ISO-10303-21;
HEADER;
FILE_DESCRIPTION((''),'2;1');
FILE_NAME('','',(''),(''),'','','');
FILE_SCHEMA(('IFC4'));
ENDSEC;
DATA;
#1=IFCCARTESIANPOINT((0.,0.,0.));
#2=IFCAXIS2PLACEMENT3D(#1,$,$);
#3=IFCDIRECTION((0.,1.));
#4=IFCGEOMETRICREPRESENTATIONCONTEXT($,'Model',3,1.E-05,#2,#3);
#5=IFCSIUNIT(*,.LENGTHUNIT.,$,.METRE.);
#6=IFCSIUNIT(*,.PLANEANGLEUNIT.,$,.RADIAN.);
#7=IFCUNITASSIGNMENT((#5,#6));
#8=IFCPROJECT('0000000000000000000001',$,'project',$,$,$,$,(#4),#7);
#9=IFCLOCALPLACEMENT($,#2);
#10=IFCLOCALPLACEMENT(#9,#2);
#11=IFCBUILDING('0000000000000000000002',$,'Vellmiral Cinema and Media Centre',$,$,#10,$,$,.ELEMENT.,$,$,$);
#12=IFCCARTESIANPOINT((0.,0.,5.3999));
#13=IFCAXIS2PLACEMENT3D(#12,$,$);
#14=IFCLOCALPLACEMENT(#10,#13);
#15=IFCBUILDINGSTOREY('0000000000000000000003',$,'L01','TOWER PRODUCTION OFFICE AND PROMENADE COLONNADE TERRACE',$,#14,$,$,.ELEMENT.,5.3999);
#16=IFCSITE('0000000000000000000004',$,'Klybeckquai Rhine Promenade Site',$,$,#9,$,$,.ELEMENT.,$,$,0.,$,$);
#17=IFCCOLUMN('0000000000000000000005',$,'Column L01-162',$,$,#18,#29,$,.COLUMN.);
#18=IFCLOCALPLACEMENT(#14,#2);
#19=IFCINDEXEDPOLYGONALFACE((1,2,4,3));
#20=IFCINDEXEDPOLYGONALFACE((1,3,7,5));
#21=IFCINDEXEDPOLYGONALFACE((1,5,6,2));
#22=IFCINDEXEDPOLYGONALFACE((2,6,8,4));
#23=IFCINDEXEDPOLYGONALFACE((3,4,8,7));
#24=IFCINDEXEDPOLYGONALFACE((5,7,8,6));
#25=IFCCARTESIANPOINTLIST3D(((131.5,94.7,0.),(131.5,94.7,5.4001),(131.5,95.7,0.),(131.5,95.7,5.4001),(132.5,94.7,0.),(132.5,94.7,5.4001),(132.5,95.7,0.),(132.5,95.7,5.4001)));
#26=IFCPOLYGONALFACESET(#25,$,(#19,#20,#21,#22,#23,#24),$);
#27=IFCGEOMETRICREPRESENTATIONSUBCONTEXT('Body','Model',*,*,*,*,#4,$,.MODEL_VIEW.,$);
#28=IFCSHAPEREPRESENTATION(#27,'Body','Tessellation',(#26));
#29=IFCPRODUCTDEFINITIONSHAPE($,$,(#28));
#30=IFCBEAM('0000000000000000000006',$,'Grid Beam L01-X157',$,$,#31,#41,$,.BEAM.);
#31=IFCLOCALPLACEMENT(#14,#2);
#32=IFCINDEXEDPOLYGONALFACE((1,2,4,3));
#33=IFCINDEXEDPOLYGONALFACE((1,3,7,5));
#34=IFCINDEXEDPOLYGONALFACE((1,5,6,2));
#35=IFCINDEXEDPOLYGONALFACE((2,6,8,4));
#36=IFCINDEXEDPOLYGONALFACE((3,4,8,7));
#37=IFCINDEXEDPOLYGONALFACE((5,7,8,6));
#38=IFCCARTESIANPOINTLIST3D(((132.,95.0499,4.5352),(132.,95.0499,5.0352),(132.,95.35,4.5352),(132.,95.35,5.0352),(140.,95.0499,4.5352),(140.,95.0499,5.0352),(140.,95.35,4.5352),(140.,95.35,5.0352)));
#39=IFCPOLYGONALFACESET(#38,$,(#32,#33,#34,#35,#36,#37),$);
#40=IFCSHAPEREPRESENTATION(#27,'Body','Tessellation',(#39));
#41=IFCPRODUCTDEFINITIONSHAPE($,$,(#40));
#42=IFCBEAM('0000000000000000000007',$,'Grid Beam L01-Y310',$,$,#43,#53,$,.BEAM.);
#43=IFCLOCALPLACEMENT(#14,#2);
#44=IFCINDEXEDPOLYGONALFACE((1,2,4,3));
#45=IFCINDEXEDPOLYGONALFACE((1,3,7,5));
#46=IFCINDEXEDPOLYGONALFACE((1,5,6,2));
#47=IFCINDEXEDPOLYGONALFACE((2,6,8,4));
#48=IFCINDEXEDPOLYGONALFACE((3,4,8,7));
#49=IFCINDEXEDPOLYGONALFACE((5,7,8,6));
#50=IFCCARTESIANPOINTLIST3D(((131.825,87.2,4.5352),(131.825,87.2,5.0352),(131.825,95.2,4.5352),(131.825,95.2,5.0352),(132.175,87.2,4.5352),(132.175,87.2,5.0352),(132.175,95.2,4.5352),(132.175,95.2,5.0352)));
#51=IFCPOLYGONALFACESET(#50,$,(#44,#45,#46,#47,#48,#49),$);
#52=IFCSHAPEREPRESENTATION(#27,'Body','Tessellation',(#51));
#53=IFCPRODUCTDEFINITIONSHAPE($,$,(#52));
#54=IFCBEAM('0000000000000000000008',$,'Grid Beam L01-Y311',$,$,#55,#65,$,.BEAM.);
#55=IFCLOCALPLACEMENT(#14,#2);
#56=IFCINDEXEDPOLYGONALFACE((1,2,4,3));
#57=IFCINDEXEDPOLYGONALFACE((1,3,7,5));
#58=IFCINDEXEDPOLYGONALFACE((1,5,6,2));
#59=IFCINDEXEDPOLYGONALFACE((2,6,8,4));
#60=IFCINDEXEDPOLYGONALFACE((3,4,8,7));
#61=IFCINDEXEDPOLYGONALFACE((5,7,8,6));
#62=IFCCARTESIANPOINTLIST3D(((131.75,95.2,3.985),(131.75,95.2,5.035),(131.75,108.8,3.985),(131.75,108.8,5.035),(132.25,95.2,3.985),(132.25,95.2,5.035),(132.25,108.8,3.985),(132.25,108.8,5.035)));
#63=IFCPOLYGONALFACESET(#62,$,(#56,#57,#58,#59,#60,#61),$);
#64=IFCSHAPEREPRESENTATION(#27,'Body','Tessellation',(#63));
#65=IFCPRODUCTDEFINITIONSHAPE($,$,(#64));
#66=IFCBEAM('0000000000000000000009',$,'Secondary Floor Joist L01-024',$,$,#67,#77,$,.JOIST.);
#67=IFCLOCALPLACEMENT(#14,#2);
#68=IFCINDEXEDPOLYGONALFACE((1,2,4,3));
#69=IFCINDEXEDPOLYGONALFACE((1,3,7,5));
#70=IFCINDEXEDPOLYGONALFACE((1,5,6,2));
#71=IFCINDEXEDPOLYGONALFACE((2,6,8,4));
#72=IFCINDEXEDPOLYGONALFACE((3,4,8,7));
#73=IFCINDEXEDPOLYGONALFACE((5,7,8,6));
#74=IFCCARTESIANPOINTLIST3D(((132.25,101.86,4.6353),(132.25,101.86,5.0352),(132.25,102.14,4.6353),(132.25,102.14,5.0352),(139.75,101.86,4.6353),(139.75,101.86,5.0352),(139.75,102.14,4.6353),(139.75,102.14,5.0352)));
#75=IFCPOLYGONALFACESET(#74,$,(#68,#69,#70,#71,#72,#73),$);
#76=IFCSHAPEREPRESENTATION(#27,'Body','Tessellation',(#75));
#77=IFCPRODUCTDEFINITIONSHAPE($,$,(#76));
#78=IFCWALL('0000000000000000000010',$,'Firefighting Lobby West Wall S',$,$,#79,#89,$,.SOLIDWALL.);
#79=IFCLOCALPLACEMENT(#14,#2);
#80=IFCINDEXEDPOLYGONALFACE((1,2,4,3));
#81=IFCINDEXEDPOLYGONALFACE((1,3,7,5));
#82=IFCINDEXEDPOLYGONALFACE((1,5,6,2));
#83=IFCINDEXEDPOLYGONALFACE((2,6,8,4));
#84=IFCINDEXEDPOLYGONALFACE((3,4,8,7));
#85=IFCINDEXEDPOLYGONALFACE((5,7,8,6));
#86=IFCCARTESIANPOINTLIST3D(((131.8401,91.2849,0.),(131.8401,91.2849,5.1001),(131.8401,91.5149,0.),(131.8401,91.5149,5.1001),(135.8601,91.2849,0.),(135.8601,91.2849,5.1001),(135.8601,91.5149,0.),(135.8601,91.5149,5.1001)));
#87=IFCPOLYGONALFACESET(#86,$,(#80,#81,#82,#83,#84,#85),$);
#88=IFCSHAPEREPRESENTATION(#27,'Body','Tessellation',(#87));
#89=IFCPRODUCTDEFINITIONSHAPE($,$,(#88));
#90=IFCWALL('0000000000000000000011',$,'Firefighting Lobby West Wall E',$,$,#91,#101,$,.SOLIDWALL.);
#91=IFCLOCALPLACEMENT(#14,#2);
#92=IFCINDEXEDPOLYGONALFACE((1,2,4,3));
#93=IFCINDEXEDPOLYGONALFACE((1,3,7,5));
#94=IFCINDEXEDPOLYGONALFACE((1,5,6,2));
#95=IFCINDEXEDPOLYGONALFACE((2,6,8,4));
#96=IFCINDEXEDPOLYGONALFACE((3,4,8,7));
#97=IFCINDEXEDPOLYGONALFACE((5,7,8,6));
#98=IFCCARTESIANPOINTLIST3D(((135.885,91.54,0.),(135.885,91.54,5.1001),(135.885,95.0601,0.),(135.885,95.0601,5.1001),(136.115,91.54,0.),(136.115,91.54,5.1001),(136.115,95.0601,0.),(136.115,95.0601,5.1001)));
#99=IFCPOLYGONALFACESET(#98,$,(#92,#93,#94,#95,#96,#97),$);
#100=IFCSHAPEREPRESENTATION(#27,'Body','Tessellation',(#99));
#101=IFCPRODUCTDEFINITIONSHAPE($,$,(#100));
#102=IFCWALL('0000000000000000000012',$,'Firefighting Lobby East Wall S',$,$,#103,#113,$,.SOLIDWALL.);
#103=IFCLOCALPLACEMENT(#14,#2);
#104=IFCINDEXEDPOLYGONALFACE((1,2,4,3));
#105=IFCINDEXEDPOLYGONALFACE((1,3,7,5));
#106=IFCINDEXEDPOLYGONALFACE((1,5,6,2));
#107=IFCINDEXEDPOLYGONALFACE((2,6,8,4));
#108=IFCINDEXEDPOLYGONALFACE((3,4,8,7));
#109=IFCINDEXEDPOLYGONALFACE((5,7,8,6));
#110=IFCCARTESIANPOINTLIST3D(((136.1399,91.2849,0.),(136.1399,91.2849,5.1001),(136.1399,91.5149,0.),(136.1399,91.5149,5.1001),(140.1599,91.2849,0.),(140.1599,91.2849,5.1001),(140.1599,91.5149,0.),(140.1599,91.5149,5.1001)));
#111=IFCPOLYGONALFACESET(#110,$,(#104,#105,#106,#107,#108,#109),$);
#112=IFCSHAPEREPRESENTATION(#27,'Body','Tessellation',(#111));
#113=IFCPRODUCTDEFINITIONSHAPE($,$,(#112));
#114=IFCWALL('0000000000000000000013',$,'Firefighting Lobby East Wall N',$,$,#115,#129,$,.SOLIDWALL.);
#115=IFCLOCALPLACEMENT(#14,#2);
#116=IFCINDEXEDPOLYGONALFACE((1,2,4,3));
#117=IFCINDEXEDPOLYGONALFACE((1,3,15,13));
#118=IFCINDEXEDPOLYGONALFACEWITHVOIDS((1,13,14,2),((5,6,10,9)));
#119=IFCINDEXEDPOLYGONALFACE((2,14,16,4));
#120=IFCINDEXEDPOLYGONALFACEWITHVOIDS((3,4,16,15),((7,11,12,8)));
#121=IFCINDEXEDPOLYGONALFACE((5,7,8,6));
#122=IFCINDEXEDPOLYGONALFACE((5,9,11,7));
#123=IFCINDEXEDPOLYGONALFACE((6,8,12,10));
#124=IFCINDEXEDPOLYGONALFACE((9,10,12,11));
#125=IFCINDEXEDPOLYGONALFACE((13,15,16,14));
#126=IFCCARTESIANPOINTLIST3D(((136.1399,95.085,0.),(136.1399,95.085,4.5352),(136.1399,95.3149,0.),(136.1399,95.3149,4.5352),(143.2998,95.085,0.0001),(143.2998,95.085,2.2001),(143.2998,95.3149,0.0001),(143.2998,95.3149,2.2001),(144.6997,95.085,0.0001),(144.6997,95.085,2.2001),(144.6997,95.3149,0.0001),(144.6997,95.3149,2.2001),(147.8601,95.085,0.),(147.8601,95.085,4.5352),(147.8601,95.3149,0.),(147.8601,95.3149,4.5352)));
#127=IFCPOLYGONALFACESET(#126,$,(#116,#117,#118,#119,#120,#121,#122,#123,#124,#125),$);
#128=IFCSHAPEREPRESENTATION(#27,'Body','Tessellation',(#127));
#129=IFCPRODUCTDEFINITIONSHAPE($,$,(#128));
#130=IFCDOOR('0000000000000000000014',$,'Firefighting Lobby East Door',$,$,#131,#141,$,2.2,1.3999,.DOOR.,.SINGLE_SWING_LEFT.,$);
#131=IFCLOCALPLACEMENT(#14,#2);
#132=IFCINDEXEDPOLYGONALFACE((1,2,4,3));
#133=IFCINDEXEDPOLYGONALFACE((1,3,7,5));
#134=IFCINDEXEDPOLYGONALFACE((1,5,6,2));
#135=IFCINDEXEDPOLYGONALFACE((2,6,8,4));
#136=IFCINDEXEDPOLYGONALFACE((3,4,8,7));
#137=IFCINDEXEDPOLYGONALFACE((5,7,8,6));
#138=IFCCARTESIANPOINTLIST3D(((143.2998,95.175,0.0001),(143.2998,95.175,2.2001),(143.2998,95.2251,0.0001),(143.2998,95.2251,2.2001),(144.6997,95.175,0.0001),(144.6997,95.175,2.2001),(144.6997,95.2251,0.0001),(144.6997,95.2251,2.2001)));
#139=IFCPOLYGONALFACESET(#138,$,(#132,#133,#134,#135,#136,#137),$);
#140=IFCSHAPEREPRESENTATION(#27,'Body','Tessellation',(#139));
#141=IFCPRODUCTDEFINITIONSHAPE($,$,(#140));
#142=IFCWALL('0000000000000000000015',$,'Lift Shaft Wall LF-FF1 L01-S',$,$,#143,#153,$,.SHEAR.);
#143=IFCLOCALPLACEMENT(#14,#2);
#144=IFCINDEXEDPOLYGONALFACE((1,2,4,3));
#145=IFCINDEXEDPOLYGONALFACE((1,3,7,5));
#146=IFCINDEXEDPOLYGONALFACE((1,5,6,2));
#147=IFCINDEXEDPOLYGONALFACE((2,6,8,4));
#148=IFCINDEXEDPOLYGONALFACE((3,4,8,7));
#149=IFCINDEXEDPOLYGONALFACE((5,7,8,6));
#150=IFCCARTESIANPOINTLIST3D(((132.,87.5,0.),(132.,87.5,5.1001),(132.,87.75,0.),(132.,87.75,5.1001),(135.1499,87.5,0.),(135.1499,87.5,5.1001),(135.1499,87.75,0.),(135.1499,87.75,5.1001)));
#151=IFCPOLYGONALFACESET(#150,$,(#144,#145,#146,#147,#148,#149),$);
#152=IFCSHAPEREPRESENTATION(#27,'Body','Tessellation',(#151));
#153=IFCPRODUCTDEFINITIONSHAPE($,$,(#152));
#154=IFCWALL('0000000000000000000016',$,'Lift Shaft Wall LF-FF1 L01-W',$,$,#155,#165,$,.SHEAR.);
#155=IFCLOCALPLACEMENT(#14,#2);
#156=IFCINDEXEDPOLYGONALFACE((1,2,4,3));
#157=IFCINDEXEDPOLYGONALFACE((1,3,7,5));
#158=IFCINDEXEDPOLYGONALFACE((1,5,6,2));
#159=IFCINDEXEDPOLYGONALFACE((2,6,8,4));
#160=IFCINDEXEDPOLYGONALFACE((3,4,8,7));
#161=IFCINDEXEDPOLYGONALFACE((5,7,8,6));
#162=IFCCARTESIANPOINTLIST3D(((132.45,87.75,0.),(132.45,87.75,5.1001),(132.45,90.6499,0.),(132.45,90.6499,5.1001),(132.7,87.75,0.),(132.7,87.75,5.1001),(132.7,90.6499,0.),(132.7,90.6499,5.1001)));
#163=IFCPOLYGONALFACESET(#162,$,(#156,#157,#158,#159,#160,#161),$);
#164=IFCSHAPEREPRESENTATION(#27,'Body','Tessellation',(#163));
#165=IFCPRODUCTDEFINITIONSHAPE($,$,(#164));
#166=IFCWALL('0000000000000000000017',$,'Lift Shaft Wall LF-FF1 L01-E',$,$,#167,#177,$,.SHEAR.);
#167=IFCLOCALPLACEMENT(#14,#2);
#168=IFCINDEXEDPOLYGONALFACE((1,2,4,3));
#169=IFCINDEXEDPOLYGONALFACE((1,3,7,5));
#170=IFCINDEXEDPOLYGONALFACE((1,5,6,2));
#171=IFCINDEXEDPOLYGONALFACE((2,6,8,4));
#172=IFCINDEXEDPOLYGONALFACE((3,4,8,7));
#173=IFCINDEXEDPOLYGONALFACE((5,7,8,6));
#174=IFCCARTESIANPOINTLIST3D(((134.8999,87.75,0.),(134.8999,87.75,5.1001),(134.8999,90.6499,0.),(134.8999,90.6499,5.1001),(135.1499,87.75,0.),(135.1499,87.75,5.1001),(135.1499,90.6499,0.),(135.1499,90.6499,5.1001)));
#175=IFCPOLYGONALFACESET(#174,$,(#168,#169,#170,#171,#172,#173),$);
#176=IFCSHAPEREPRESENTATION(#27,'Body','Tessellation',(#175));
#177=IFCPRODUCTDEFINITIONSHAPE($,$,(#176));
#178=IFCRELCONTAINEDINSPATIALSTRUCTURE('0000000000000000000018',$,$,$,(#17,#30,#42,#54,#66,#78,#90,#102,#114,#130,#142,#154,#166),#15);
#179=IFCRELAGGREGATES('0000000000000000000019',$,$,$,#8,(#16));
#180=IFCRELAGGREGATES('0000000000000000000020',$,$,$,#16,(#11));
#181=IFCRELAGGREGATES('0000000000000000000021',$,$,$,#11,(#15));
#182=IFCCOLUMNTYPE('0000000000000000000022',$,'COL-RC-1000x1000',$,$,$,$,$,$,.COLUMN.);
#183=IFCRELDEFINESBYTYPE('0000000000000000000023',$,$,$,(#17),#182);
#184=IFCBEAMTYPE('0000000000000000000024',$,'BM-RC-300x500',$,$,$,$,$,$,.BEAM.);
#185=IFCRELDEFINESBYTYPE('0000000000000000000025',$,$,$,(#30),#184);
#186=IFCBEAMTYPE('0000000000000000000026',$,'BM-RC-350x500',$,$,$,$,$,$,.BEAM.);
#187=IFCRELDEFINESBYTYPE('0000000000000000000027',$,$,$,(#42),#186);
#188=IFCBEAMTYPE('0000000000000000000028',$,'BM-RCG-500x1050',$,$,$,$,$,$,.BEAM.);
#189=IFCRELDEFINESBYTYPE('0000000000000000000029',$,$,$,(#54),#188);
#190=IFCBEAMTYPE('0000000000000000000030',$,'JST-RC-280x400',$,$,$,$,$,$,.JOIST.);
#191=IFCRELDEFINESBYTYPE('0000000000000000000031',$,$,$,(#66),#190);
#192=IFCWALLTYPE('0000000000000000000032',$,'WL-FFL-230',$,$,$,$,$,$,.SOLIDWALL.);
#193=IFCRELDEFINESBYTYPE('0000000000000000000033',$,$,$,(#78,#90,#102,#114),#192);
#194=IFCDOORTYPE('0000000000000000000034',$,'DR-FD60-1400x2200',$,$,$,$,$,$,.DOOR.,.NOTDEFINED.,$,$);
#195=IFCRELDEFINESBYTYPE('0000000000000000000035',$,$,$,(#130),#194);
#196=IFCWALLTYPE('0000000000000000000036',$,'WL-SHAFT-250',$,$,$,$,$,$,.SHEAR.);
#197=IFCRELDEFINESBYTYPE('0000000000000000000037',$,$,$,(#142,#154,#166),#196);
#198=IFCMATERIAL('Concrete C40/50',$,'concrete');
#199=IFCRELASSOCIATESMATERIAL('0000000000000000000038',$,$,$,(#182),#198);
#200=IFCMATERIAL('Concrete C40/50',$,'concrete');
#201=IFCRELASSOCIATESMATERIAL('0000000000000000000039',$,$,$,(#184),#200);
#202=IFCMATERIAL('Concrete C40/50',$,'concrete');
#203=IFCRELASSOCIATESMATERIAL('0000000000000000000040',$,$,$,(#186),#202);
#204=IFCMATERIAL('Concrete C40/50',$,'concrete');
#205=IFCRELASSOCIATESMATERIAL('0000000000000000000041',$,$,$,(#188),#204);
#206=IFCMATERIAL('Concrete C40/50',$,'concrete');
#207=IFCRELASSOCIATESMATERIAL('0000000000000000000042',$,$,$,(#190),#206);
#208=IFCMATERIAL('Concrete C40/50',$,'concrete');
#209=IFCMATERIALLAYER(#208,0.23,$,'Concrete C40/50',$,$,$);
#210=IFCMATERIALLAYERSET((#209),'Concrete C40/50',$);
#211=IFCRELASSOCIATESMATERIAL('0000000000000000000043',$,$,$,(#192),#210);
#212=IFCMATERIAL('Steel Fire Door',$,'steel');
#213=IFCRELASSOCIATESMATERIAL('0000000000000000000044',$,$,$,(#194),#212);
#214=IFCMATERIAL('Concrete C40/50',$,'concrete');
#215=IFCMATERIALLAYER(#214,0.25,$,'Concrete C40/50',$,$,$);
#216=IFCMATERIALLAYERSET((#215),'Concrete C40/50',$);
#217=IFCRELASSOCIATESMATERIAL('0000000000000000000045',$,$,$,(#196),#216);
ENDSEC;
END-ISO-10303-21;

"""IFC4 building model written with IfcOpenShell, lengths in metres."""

from ifc_helpers import new_model, si_unit, direction, frame, frame_2d, origin, origin_2d, place, context, subcontext, project, spatial, rectangle, extrude, material, layer, layer_set, material_profile, profile_set, type_object, element, fill, save


model = new_model("IFC4")

# Units and contexts
model_context = context("Model", 3, precision=1e-05, world=origin(), true_north=direction((0.0, 1.0)))
body_context = subcontext(model_context, "Body", "Model", "MODEL_VIEW")
ifc_project = project(units=[si_unit("LENGTHUNIT", "METRE"), si_unit("PLANEANGLEUNIT", "RADIAN")], contexts=[model_context])

# Site, building, storey
site_placement = place(None, origin())
site = spatial("IfcSite", under=ifc_project, at=site_placement, Name="Klybeckquai Rhine Promenade Site", CompositionType="ELEMENT", RefElevation=0.0)
building_placement = place(site_placement, origin())
building = spatial("IfcBuilding", under=site, at=building_placement, Name="Vellmiral Cinema and Media Centre", CompositionType="ELEMENT")
storey_placement = place(building_placement, frame((0.0, 0.0, 5.3999)))
storey = spatial("IfcBuildingStorey", under=building, at=storey_placement, Name="L01", Description="TOWER PRODUCTION OFFICE AND PROMENADE COLONNADE TERRACE", CompositionType="ELEMENT", Elevation=5.3999)

# Column
ifc_material_1 = material(Name="Concrete C40/50", Category="concrete")
ifc_material_profile_1 = material_profile(ifc_material_1, rectangle(XDim=1.0, YDim=1.0, at=origin_2d()), Name="RC 1000x1000")
ifc_profile_set_1 = profile_set([ifc_material_profile_1], Name="Concrete C40/50")
column_type = type_object("IfcColumnType", Name="COL-RC-1000x1000", PredefinedType="COLUMN", material=ifc_profile_set_1)
column_placement = place(storey_placement, frame((132.0, 95.2, 0.0), z_axis=(0.0, 0.0, 1.0), x_axis=(1.0, 0.0, 0.0)))
element("IfcColumn", 1, at=column_placement, inside=storey, type_object=column_type, Name="Column L01-162", PredefinedType="COLUMN", context=body_context, shape_type="SweptSolid", body=[
    extrude(rectangle(XDim=1.0, YDim=1.0, at=origin_2d()), origin(), (0.0, 0.0, 1.0), 5.4001),
])

# Beams
ifc_material_2 = material(Name="Concrete C40/50", Category="concrete")
ifc_material_profile_2 = material_profile(ifc_material_2, rectangle(XDim=0.3, YDim=0.5, at=origin_2d()), Name="RC 300x500")
ifc_profile_set_2 = profile_set([ifc_material_profile_2], Name="Concrete C40/50")
beam_type_1 = type_object("IfcBeamType", Name="BM-RC-300x500", PredefinedType="BEAM", material=ifc_profile_set_2)
beam_1_placement = place(storey_placement, frame((132.0, 95.2, 4.7852), z_axis=(1.0, 0.0, 0.0), x_axis=(0.0, 1.0, 0.0)))
element("IfcBeam", 2, at=beam_1_placement, inside=storey, type_object=beam_type_1, Name="Grid Beam L01-X157", PredefinedType="BEAM", context=body_context, shape_type="SweptSolid", body=[
    extrude(rectangle(XDim=0.3, YDim=0.5, at=origin_2d()), origin(), (0.0, 0.0, 1.0), 8.0),
])
ifc_material_3 = material(Name="Concrete C40/50", Category="concrete")
ifc_material_profile_3 = material_profile(ifc_material_3, rectangle(XDim=0.3501, YDim=0.5, at=origin_2d()), Name="RC 350x500")
ifc_profile_set_3 = profile_set([ifc_material_profile_3], Name="Concrete C40/50")
beam_type_2 = type_object("IfcBeamType", Name="BM-RC-350x500", PredefinedType="BEAM", material=ifc_profile_set_3)
beam_2_placement = place(storey_placement, frame((132.0, 87.2, 4.7852), z_axis=(0.0, 1.0, 0.0), x_axis=(-1.0, 0.0, 0.0)))
element("IfcBeam", 3, at=beam_2_placement, inside=storey, type_object=beam_type_2, Name="Grid Beam L01-Y310", PredefinedType="BEAM", context=body_context, shape_type="SweptSolid", body=[
    extrude(rectangle(XDim=0.3501, YDim=0.5, at=origin_2d()), origin(), (0.0, 0.0, 1.0), 8.0),
])
ifc_material_4 = material(Name="Concrete C40/50", Category="concrete")
ifc_material_profile_4 = material_profile(ifc_material_4, rectangle(XDim=0.5, YDim=1.05, at=origin_2d()), Name="RC 500x1050")
ifc_profile_set_4 = profile_set([ifc_material_profile_4], Name="Concrete C40/50")
beam_type_3 = type_object("IfcBeamType", Name="BM-RCG-500x1050", PredefinedType="BEAM", material=ifc_profile_set_4)
beam_3_placement = place(storey_placement, frame((132.0, 95.2, 4.51), z_axis=(0.0, 1.0, 0.0), x_axis=(-1.0, 0.0, 0.0)))
element("IfcBeam", 4, at=beam_3_placement, inside=storey, type_object=beam_type_3, Name="Grid Beam L01-Y311", PredefinedType="BEAM", context=body_context, shape_type="SweptSolid", body=[
    extrude(rectangle(XDim=0.5, YDim=1.05, at=origin_2d()), origin(), (0.0, 0.0, 1.0), 13.6001),
])
ifc_material_5 = material(Name="Concrete C40/50", Category="concrete")
ifc_material_profile_5 = material_profile(ifc_material_5, rectangle(XDim=0.28, YDim=0.3999, at=origin_2d()), Name="RC 280x400")
ifc_profile_set_5 = profile_set([ifc_material_profile_5], Name="Concrete C40/50")
beam_type_4 = type_object("IfcBeamType", Name="JST-RC-280x400", PredefinedType="JOIST", material=ifc_profile_set_5)
beam_4_placement = place(storey_placement, frame((132.25, 102.0, 4.8352), z_axis=(1.0, 0.0, 0.0), x_axis=(0.0, 1.0, 0.0)))
element("IfcBeam", 5, at=beam_4_placement, inside=storey, type_object=beam_type_4, Name="Secondary Floor Joist L01-024", PredefinedType="JOIST", context=body_context, shape_type="SweptSolid", body=[
    extrude(rectangle(XDim=0.28, YDim=0.3999, at=origin_2d()), origin(), (0.0, 0.0, 1.0), 7.5),
])

# Walls
ifc_material_6 = material(Name="Concrete C40/50", Category="concrete")
ifc_layer_1 = layer(ifc_material_6, 0.23, Name="Concrete C40/50")
ifc_layer_set_1 = layer_set([ifc_layer_1], Name="Concrete C40/50")
wall_type_1 = type_object("IfcWallType", Name="WL-FFL-230", PredefinedType="SOLIDWALL", material=ifc_layer_set_1)
wall_1_placement = place(storey_placement, frame((131.8401, 91.3999, 0.0), z_axis=(0.0, 0.0, 1.0), x_axis=(1.0, 0.0, 0.0)))
element("IfcWall", 6, at=wall_1_placement, inside=storey, type_object=wall_type_1, Name="Firefighting Lobby West Wall S", PredefinedType="SOLIDWALL", context=body_context, shape_type="SweptSolid", body=[
    extrude(rectangle(XDim=4.02, YDim=0.23, at=frame_2d((2.01, 0.0))), origin(), (0.0, 0.0, 1.0), 5.1001),
])
wall_2_placement = place(storey_placement, frame((136.0, 91.54, 0.0), z_axis=(0.0, 0.0, 1.0), x_axis=(0.0, 1.0, 0.0)))
element("IfcWall", 7, at=wall_2_placement, inside=storey, type_object=wall_type_1, Name="Firefighting Lobby West Wall E", PredefinedType="SOLIDWALL", context=body_context, shape_type="SweptSolid", body=[
    extrude(rectangle(XDim=3.52, YDim=0.23, at=frame_2d((1.76, 0.0))), origin(), (0.0, 0.0, 1.0), 5.1001),
])
wall_3_placement = place(storey_placement, frame((136.1399, 91.3999, 0.0), z_axis=(0.0, 0.0, 1.0), x_axis=(1.0, 0.0, 0.0)))
element("IfcWall", 8, at=wall_3_placement, inside=storey, type_object=wall_type_1, Name="Firefighting Lobby East Wall S", PredefinedType="SOLIDWALL", context=body_context, shape_type="SweptSolid", body=[
    extrude(rectangle(XDim=4.02, YDim=0.23, at=frame_2d((2.01, 0.0))), origin(), (0.0, 0.0, 1.0), 5.1001),
])

# Wall, opening, door
wall_4_placement = place(storey_placement, frame((136.1399, 95.2, 0.0), z_axis=(0.0, 0.0, 1.0), x_axis=(1.0, 0.0, 0.0)))
wall_4 = element("IfcWall", 9, at=wall_4_placement, inside=storey, type_object=wall_type_1, Name="Firefighting Lobby East Wall N", PredefinedType="SOLIDWALL", context=body_context, shape_type="SweptSolid", body=[
    extrude(rectangle(XDim=11.7202, YDim=0.23, at=frame_2d((5.8601, 0.0))), origin(), (0.0, 0.0, 1.0), 4.5352),
])
opening_1_placement = place(wall_4_placement, frame((7.1599, 0.0, 0.0)))
opening_1 = element("IfcOpeningElement", 10, at=opening_1_placement, cuts=wall_4, PredefinedType="OPENING", context=body_context, shape_type="SweptSolid", body=[
    extrude(rectangle(XDim=1.3999, YDim=2.2, at=frame_2d((0.7, 1.1001))), frame((0.0, 0.127, 0.0), z_axis=(0.0, -1.0, 0.0), x_axis=(1.0, 0.0, 0.0)), (0.0, 0.0, 1.0), 0.2539),
])
ifc_material_7 = material(Name="Steel Fire Door", Category="steel")
door_type_1 = type_object("IfcDoorType", Name="DR-FD60-1400x2200", OperationType="NOTDEFINED", PredefinedType="DOOR", material=ifc_material_7)
door_1_placement = place(opening_1_placement, frame((1.3999, 0.0, 0.0), z_axis=(0.0, 0.0, 1.0), x_axis=(-1.0, 0.0, 0.0)))
door_1 = element("IfcDoor", 11, at=door_1_placement, inside=storey, type_object=door_type_1, Name="Firefighting Lobby East Door", OperationType="SINGLE_SWING_LEFT", OverallHeight=2.2, OverallWidth=1.3999, PredefinedType="DOOR", context=body_context, shape_type="SweptSolid", body=[
    extrude(rectangle(XDim=1.3999, YDim=2.2, at=frame_2d((0.7, 1.1001))), frame((0.0, 0.0249, 0.0), z_axis=(0.0, -1.0, 0.0), x_axis=(1.0, 0.0, 0.0)), (0.0, 0.0, 1.0), 0.05),
])
fill(opening_1, door_1)

# Wall
ifc_material_8 = material(Name="Concrete C40/50", Category="concrete")
ifc_layer_2 = layer(ifc_material_8, 0.25, Name="Concrete C40/50")
ifc_layer_set_2 = layer_set([ifc_layer_2], Name="Concrete C40/50")
wall_type_2 = type_object("IfcWallType", Name="WL-SHAFT-250", PredefinedType="SHEAR", material=ifc_layer_set_2)
wall_5_placement = place(storey_placement, frame((132.0, 87.625, 0.0), z_axis=(0.0, 0.0, 1.0), x_axis=(1.0, 0.0, 0.0)))
element("IfcWall", 12, at=wall_5_placement, inside=storey, type_object=wall_type_2, Name="Lift Shaft Wall LF-FF1 L01-S", PredefinedType="SHEAR", context=body_context, shape_type="SweptSolid", body=[
    extrude(rectangle(XDim=3.1499, YDim=0.25, at=frame_2d((1.575, 0.0))), origin(), (0.0, 0.0, 1.0), 5.1001),
])

# Walls
for number, where, z_axis, x_axis, name in (
    (13, (132.575, 87.75, 0.0), (0.0, 0.0, 1.0), (0.0, 1.0, 0.0), "Lift Shaft Wall LF-FF1 L01-W"),
    (14, (135.0249, 87.75, 0.0), (0.0, 0.0, 1.0), (0.0, 1.0, 0.0), "Lift Shaft Wall LF-FF1 L01-E"),
):
    element("IfcWall", number, at=place(storey_placement, frame(where, z_axis=z_axis, x_axis=x_axis)), inside=storey, type_object=wall_type_2, Name=name, PredefinedType="SHEAR", context=body_context, shape_type="SweptSolid", body=[
        extrude(rectangle(XDim=2.8999, YDim=0.25, at=frame_2d((1.45, 0.0))), origin(), (0.0, 0.0, 1.0), 5.1001),
    ])

save(model, "model.ifc")
